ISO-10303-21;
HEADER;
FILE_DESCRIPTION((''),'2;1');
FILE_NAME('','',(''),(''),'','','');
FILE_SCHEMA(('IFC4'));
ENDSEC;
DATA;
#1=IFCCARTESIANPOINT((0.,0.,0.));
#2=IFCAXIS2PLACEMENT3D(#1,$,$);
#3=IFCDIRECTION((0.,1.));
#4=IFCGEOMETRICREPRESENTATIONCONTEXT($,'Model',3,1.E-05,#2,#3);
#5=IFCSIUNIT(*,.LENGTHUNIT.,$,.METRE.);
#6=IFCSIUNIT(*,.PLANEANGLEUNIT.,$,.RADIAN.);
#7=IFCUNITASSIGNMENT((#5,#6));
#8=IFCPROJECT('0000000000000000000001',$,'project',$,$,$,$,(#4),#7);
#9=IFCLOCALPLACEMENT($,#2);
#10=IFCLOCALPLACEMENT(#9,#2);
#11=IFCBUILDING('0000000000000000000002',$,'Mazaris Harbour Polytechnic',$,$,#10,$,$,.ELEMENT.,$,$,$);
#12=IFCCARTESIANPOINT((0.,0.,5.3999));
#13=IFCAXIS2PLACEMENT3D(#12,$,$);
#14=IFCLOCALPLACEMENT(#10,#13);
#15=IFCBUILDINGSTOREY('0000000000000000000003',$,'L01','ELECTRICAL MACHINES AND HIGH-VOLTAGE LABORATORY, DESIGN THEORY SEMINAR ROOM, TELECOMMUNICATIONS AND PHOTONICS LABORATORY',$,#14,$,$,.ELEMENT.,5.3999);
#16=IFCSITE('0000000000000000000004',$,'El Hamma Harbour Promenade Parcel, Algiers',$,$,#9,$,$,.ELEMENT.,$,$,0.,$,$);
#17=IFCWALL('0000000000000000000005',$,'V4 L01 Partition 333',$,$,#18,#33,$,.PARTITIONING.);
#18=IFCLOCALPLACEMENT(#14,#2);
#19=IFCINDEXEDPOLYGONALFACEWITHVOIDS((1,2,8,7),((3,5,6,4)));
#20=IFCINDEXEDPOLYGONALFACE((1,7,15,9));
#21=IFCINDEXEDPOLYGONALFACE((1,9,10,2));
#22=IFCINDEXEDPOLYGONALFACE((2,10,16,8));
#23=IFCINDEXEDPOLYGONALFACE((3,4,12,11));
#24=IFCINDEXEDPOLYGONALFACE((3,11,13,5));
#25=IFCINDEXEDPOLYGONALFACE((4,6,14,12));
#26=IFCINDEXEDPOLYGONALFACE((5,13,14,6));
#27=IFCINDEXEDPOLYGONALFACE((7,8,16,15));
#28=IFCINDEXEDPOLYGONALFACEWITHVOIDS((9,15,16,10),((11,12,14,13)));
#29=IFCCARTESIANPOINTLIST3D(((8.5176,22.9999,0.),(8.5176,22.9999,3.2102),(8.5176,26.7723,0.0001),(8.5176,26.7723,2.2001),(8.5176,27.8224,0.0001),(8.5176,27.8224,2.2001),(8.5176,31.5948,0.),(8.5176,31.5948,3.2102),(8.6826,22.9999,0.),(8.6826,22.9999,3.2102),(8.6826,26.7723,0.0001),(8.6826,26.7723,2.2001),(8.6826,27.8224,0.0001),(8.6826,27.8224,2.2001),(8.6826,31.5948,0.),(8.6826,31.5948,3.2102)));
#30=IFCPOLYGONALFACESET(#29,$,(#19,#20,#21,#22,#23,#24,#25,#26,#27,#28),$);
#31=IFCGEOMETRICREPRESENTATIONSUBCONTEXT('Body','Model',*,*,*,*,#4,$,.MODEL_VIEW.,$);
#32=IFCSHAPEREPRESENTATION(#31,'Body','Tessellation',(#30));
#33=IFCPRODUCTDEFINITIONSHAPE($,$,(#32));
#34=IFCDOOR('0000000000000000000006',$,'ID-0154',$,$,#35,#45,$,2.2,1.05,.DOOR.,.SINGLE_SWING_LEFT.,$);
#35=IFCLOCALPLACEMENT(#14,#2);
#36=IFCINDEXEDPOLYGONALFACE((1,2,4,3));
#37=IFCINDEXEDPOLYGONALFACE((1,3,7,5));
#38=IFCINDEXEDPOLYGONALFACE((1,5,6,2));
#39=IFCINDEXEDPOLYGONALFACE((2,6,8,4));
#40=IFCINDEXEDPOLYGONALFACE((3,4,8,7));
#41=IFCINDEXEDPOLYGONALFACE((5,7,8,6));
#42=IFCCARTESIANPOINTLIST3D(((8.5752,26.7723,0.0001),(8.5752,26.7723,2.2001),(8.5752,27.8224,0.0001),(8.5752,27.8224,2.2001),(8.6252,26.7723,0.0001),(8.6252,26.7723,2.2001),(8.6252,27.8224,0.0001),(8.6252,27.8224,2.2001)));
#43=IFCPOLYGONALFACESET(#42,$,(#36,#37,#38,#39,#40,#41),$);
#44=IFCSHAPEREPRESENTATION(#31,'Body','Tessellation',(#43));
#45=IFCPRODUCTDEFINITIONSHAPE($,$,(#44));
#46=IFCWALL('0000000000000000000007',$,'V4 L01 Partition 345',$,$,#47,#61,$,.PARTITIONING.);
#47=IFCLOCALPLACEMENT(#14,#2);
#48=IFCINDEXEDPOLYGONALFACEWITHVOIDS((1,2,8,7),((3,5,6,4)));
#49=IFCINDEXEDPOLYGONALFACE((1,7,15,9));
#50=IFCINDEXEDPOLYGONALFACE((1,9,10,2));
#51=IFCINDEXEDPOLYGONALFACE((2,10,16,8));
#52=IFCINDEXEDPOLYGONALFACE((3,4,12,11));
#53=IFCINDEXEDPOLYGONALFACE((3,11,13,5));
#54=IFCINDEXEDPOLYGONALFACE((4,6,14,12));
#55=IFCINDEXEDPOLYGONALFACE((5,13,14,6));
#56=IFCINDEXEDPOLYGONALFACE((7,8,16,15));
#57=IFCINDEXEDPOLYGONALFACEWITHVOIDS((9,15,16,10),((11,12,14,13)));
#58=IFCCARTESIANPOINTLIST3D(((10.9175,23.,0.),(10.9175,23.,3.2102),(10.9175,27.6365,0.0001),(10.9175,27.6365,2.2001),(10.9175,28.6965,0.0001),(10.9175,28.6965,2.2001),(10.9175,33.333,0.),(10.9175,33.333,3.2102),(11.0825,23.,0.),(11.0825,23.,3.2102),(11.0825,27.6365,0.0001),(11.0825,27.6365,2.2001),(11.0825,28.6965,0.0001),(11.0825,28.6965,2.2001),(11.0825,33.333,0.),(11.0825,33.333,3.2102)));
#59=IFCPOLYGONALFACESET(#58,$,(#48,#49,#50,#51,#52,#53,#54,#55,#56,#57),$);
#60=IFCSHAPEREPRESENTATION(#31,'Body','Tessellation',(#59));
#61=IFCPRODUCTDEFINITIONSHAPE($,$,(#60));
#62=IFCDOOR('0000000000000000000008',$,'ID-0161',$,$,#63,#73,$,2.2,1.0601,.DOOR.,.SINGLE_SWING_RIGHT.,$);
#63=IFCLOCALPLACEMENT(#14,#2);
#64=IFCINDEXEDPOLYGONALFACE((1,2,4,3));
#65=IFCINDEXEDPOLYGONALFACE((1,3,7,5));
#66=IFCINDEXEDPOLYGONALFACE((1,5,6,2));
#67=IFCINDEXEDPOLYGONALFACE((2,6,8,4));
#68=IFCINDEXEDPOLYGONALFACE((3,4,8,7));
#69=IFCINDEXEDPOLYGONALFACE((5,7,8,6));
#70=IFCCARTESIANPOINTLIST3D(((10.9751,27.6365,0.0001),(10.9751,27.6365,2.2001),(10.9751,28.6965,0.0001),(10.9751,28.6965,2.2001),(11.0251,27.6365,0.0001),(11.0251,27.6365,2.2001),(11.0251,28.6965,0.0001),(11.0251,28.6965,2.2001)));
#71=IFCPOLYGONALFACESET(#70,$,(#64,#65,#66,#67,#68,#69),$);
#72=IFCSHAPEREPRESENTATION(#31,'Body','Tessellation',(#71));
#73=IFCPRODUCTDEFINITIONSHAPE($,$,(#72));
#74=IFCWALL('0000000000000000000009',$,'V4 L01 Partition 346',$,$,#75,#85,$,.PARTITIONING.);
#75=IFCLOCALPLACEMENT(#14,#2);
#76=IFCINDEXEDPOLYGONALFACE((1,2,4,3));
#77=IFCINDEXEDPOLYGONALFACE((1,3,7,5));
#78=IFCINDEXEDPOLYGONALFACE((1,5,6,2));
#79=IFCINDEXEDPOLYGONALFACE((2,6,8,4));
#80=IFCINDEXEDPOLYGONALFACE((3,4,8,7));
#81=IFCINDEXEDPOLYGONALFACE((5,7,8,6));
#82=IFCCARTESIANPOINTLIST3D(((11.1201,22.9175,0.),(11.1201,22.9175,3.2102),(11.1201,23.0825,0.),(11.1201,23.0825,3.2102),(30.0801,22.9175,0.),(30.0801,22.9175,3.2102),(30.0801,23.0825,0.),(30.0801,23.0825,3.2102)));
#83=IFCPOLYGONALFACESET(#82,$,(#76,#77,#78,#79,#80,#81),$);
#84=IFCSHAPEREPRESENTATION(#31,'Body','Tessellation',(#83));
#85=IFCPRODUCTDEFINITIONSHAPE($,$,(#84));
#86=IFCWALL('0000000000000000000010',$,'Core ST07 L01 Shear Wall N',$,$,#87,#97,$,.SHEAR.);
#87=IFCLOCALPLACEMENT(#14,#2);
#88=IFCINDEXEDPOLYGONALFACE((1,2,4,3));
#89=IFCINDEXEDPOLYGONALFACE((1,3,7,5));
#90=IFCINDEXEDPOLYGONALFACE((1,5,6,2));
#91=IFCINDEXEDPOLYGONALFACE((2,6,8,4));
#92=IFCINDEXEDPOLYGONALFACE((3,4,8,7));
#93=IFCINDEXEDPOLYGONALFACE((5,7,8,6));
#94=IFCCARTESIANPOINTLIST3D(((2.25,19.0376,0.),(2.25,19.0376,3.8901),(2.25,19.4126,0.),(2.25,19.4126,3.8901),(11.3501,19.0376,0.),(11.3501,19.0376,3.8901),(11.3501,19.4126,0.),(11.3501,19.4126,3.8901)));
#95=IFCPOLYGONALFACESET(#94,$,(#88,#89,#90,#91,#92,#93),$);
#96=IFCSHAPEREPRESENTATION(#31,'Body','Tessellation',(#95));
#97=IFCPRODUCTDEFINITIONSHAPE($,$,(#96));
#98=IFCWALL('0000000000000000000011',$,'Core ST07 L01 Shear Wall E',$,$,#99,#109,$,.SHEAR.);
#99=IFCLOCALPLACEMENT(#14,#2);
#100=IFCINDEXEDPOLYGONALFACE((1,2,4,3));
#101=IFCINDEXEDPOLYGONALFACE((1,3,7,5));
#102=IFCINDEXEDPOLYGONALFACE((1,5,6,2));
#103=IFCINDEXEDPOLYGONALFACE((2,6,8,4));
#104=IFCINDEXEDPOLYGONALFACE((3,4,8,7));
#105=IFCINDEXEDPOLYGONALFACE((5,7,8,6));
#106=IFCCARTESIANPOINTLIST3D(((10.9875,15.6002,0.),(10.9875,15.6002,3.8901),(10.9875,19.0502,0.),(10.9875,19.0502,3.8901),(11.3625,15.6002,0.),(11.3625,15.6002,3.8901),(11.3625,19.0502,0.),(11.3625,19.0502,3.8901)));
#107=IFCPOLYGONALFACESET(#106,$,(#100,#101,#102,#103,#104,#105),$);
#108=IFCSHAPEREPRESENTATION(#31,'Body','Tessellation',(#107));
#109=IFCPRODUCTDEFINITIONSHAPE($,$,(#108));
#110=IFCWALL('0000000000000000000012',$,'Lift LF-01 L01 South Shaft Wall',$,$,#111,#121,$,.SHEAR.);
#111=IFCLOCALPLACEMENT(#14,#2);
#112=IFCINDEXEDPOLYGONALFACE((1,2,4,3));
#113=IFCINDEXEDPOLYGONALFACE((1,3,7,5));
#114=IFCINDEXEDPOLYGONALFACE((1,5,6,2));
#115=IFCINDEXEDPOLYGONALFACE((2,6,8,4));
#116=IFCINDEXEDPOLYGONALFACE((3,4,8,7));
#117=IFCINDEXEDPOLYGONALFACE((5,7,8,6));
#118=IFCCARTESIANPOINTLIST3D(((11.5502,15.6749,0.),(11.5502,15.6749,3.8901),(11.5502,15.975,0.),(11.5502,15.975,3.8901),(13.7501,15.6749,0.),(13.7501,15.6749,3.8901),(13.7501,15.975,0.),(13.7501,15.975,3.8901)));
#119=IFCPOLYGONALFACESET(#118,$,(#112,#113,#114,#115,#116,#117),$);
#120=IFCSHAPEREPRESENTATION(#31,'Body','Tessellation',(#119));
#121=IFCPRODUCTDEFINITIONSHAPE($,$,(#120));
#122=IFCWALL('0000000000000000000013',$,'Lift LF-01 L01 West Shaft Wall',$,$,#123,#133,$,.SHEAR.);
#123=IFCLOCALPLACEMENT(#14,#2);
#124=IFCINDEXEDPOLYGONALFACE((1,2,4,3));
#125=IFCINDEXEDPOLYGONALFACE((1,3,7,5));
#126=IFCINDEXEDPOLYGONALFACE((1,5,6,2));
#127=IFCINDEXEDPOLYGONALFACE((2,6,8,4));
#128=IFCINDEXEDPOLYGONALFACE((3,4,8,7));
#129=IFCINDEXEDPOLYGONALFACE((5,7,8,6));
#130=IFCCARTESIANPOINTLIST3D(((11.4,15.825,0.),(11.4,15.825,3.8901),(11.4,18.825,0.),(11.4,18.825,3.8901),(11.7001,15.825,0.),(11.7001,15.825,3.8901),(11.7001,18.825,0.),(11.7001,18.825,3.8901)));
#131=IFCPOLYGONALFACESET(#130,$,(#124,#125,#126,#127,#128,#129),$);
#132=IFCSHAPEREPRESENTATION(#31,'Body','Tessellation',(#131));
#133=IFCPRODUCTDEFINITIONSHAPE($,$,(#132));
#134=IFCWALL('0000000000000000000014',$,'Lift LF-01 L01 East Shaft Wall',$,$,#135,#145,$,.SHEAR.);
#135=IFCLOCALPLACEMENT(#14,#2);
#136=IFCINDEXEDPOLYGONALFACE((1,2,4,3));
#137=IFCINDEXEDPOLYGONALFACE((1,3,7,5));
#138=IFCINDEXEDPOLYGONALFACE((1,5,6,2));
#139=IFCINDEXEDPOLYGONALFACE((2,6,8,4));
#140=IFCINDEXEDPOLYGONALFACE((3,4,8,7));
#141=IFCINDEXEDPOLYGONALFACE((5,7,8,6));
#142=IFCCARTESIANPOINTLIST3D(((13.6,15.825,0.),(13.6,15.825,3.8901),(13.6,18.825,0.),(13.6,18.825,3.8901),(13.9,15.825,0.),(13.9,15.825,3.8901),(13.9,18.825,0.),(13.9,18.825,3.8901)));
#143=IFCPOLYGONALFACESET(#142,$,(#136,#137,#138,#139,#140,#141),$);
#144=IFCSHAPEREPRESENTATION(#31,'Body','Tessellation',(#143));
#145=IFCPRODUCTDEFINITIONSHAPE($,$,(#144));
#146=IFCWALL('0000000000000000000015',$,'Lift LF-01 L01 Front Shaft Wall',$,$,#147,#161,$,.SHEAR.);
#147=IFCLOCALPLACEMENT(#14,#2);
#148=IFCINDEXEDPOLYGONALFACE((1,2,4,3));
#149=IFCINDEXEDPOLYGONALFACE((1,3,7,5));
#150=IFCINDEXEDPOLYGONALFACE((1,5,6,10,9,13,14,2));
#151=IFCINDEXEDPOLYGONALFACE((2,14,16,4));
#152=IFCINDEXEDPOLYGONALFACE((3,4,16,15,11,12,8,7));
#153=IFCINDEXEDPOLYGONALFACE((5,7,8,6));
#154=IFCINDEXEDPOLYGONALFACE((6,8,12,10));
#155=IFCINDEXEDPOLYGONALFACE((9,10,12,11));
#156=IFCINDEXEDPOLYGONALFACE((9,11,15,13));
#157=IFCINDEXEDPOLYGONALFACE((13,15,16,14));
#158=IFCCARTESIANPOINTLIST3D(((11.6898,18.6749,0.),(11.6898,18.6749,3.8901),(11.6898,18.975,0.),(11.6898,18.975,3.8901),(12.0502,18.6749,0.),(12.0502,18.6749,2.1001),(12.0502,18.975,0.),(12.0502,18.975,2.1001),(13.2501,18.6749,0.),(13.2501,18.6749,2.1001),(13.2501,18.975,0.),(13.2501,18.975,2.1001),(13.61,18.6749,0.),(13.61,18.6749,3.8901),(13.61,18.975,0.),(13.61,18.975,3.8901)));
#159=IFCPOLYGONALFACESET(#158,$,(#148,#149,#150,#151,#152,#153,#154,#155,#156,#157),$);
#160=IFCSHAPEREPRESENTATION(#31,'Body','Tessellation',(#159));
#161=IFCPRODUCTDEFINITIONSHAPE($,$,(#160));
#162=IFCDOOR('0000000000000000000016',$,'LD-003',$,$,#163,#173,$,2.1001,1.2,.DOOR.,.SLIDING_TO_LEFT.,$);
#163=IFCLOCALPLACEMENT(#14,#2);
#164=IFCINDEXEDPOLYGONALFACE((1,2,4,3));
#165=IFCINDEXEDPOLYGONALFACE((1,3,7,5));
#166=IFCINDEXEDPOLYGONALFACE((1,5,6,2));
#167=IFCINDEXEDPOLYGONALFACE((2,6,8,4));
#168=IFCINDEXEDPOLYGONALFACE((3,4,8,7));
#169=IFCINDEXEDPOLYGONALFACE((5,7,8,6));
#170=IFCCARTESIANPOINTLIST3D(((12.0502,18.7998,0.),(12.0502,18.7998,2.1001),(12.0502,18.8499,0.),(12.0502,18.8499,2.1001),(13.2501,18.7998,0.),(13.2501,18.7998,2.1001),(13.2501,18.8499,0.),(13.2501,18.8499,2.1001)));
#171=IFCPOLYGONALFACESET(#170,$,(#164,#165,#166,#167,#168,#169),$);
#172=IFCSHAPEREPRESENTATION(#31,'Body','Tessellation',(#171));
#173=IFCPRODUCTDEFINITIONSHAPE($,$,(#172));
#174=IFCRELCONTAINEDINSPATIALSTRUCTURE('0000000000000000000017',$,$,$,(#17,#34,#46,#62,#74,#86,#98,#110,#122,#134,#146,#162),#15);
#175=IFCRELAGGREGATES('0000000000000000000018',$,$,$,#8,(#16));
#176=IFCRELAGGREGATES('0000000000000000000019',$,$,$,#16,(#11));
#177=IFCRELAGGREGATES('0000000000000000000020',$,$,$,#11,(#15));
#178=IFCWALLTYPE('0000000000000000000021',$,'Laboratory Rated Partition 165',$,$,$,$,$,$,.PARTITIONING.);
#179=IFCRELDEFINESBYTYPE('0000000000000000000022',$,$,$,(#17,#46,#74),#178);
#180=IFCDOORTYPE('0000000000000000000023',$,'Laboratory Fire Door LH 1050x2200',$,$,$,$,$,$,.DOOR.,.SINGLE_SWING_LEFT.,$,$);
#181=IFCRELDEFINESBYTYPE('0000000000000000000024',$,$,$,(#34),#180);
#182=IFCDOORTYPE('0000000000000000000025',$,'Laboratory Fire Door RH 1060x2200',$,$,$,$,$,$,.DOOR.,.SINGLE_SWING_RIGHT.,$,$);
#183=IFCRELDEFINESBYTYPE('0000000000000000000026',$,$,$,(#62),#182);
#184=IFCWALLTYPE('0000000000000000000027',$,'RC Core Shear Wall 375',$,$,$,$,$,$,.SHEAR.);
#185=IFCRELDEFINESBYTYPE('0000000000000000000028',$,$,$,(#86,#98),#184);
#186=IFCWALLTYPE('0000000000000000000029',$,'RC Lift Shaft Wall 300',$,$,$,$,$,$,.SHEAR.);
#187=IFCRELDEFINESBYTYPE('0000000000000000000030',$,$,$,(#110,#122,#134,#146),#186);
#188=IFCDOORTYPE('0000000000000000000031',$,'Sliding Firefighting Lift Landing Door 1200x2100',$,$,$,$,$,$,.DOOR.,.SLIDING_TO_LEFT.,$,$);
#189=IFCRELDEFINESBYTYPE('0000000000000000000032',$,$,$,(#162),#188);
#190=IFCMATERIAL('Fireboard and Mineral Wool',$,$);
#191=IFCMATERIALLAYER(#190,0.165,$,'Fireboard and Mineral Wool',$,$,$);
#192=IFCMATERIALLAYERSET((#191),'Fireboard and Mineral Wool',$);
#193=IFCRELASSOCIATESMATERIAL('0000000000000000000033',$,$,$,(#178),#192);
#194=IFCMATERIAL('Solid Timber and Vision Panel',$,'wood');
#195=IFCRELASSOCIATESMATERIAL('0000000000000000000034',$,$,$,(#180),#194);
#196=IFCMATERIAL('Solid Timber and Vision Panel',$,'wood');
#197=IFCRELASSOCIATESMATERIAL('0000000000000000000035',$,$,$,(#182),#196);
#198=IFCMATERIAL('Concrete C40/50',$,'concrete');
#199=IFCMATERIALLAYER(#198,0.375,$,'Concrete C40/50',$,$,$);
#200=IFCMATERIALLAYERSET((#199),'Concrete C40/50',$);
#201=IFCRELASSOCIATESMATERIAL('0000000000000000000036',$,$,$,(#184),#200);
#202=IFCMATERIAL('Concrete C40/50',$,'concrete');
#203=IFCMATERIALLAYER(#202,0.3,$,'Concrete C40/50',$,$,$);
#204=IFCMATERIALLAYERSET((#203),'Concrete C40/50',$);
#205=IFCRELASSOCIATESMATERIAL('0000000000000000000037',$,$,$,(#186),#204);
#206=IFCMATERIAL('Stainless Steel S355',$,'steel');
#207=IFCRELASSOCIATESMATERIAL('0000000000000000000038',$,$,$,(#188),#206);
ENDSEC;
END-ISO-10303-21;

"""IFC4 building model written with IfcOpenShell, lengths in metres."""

from ifc_helpers import new_model, si_unit, direction, frame, frame_2d, origin, place, context, subcontext, project, spatial, rectangle, extrude, material, layer, layer_set, type_object, element, fill, save


model = new_model("IFC4")

# Units and contexts
model_context = context("Model", 3, precision=1e-05, world=origin(), true_north=direction((0.0, 1.0)))
body_context = subcontext(model_context, "Body", "Model", "MODEL_VIEW")
ifc_project = project(units=[si_unit("LENGTHUNIT", "METRE"), si_unit("PLANEANGLEUNIT", "RADIAN")], contexts=[model_context])

# Site, building, storey
site_placement = place(None, origin())
site = spatial("IfcSite", under=ifc_project, at=site_placement, Name="El Hamma Harbour Promenade Parcel, Algiers", CompositionType="ELEMENT", RefElevation=0.0)
building_placement = place(site_placement, origin())
building = spatial("IfcBuilding", under=site, at=building_placement, Name="Mazaris Harbour Polytechnic", CompositionType="ELEMENT")
storey_placement = place(building_placement, frame((0.0, 0.0, 5.3999)))
storey = spatial("IfcBuildingStorey", under=building, at=storey_placement, Name="L01", Description="ELECTRICAL MACHINES AND HIGH-VOLTAGE LABORATORY, DESIGN THEORY SEMINAR ROOM, TELECOMMUNICATIONS AND PHOTONICS LABORATORY", CompositionType="ELEMENT", Elevation=5.3999)

# Walls, openings, doors
ifc_material_1 = material(Name="Fireboard and Mineral Wool")
ifc_layer_1 = layer(ifc_material_1, 0.165, Name="Fireboard and Mineral Wool")
ifc_layer_set_1 = layer_set([ifc_layer_1], Name="Fireboard and Mineral Wool")
wall_type_1 = type_object("IfcWallType", Name="Laboratory Rated Partition 165", PredefinedType="PARTITIONING", material=ifc_layer_set_1)
wall_1_placement = place(storey_placement, frame((8.6001, 23.0, 0.0), z_axis=(0.0, 0.0, 1.0), x_axis=(0.0, 1.0, 0.0)))
wall_1 = element("IfcWall", 1, at=wall_1_placement, inside=storey, type_object=wall_type_1, Name="V4 L01 Partition 333", PredefinedType="PARTITIONING", context=body_context, shape_type="SweptSolid", body=[
    extrude(rectangle(XDim=8.595, YDim=0.165, at=frame_2d((4.2974, 0.0))), origin(), (0.0, 0.0, 1.0), 3.2102),
])
opening_1_placement = place(wall_1_placement, frame((3.7725, 0.0, 0.0)))
opening_1 = element("IfcOpeningElement", 2, at=opening_1_placement, cuts=wall_1, PredefinedType="OPENING", context=body_context, shape_type="SweptSolid", body=[
    extrude(rectangle(XDim=1.05, YDim=2.2, at=frame_2d((0.5249, 1.1001))), frame((0.0, 0.0925, 0.0), z_axis=(0.0, -1.0, 0.0), x_axis=(1.0, 0.0, 0.0)), (0.0, 0.0, 1.0), 0.1851),
])
ifc_material_2 = material(Name="Solid Timber and Vision Panel", Category="wood")
door_type_1 = type_object("IfcDoorType", Name="Laboratory Fire Door LH 1050x2200", OperationType="SINGLE_SWING_LEFT", PredefinedType="DOOR", material=ifc_material_2)
door_1_placement = place(opening_1_placement, origin())
door_1 = element("IfcDoor", 3, at=door_1_placement, inside=storey, type_object=door_type_1, Name="ID-0154", OperationType="SINGLE_SWING_LEFT", OverallHeight=2.2, OverallWidth=1.05, PredefinedType="DOOR", context=body_context, shape_type="SweptSolid", body=[
    extrude(rectangle(XDim=1.05, YDim=2.2, at=frame_2d((0.5249, 1.1001))), frame((0.0, 0.0249, 0.0), z_axis=(0.0, -1.0, 0.0), x_axis=(1.0, 0.0, 0.0)), (0.0, 0.0, 1.0), 0.05),
])
fill(opening_1, door_1)
wall_2_placement = place(storey_placement, frame((11.0, 23.0, 0.0), z_axis=(0.0, 0.0, 1.0), x_axis=(0.0, 1.0, 0.0)))
wall_2 = element("IfcWall", 4, at=wall_2_placement, inside=storey, type_object=wall_type_1, Name="V4 L01 Partition 345", PredefinedType="PARTITIONING", context=body_context, shape_type="SweptSolid", body=[
    extrude(rectangle(XDim=10.333, YDim=0.165, at=frame_2d((5.1665, 0.0))), origin(), (0.0, 0.0, 1.0), 3.2102),
])
opening_2_placement = place(wall_2_placement, frame((4.6365, 0.0, 0.0)))
opening_2 = element("IfcOpeningElement", 5, at=opening_2_placement, cuts=wall_2, PredefinedType="OPENING", context=body_context, shape_type="SweptSolid", body=[
    extrude(rectangle(XDim=1.0601, YDim=2.2, at=frame_2d((0.53, 1.1001))), frame((0.0, 0.0925, 0.0), z_axis=(0.0, -1.0, 0.0), x_axis=(1.0, 0.0, 0.0)), (0.0, 0.0, 1.0), 0.1851),
])
ifc_material_3 = material(Name="Solid Timber and Vision Panel", Category="wood")
door_type_2 = type_object("IfcDoorType", Name="Laboratory Fire Door RH 1060x2200", OperationType="SINGLE_SWING_RIGHT", PredefinedType="DOOR", material=ifc_material_3)
door_2_placement = place(opening_2_placement, origin())
door_2 = element("IfcDoor", 6, at=door_2_placement, inside=storey, type_object=door_type_2, Name="ID-0161", OperationType="SINGLE_SWING_RIGHT", OverallHeight=2.2, OverallWidth=1.0601, PredefinedType="DOOR", context=body_context, shape_type="SweptSolid", body=[
    extrude(rectangle(XDim=1.0601, YDim=2.2, at=frame_2d((0.53, 1.1001))), frame((0.0, 0.0249, 0.0), z_axis=(0.0, -1.0, 0.0), x_axis=(1.0, 0.0, 0.0)), (0.0, 0.0, 1.0), 0.05),
])
fill(opening_2, door_2)

# Walls
wall_3_placement = place(storey_placement, frame((11.1201, 23.0, 0.0), z_axis=(0.0, 0.0, 1.0), x_axis=(1.0, 0.0, 0.0)))
element("IfcWall", 7, at=wall_3_placement, inside=storey, type_object=wall_type_1, Name="V4 L01 Partition 346", PredefinedType="PARTITIONING", context=body_context, shape_type="SweptSolid", body=[
    extrude(rectangle(XDim=18.96, YDim=0.165, at=frame_2d((9.48, 0.0))), origin(), (0.0, 0.0, 1.0), 3.2102),
])
ifc_material_4 = material(Name="Concrete C40/50", Category="concrete")
ifc_layer_2 = layer(ifc_material_4, 0.375, Name="Concrete C40/50")
ifc_layer_set_2 = layer_set([ifc_layer_2], Name="Concrete C40/50")
wall_type_2 = type_object("IfcWallType", Name="RC Core Shear Wall 375", PredefinedType="SHEAR", material=ifc_layer_set_2)
wall_4_placement = place(storey_placement, frame((11.3501, 19.2251, 0.0), z_axis=(0.0, 0.0, 1.0), x_axis=(-1.0, 0.0, 0.0)))
element("IfcWall", 8, at=wall_4_placement, inside=storey, type_object=wall_type_2, Name="Core ST07 L01 Shear Wall N", PredefinedType="SHEAR", context=body_context, shape_type="SweptSolid", body=[
    extrude(rectangle(XDim=9.1001, YDim=0.375, at=frame_2d((4.55, 0.0))), origin(), (0.0, 0.0, 1.0), 3.8901),
])
wall_5_placement = place(storey_placement, frame((11.175, 15.6001, 0.0), z_axis=(0.0, 0.0, 1.0), x_axis=(0.0, 1.0, 0.0)))
element("IfcWall", 9, at=wall_5_placement, inside=storey, type_object=wall_type_2, Name="Core ST07 L01 Shear Wall E", PredefinedType="SHEAR", context=body_context, shape_type="SweptSolid", body=[
    extrude(rectangle(XDim=3.45, YDim=0.375, at=frame_2d((1.7251, 0.0))), origin(), (0.0, 0.0, 1.0), 3.8901),
])
ifc_material_5 = material(Name="Concrete C40/50", Category="concrete")
ifc_layer_3 = layer(ifc_material_5, 0.3, Name="Concrete C40/50")
ifc_layer_set_3 = layer_set([ifc_layer_3], Name="Concrete C40/50")
wall_type_3 = type_object("IfcWallType", Name="RC Lift Shaft Wall 300", PredefinedType="SHEAR", material=ifc_layer_set_3)
wall_6_placement = place(storey_placement, frame((11.55, 15.825, 0.0), z_axis=(0.0, 0.0, 1.0), x_axis=(1.0, 0.0, 0.0)))
element("IfcWall", 10, at=wall_6_placement, inside=storey, type_object=wall_type_3, Name="Lift LF-01 L01 South Shaft Wall", PredefinedType="SHEAR", context=body_context, shape_type="SweptSolid", body=[
    extrude(rectangle(XDim=2.2, YDim=0.3, at=frame_2d((1.1001, 0.0))), origin(), (0.0, 0.0, 1.0), 3.8901),
])
for number, where, z_axis, x_axis, name in (
    (11, (11.55, 18.825, 0.0), (0.0, 0.0, 1.0), (0.0, -1.0, 0.0), "Lift LF-01 L01 West Shaft Wall"),
    (12, (13.75, 15.825, 0.0), (0.0, 0.0, 1.0), (0.0, 1.0, 0.0), "Lift LF-01 L01 East Shaft Wall"),
):
    element("IfcWall", number, at=place(storey_placement, frame(where, z_axis=z_axis, x_axis=x_axis)), inside=storey, type_object=wall_type_3, Name=name, PredefinedType="SHEAR", context=body_context, shape_type="SweptSolid", body=[
        extrude(rectangle(XDim=3.0, YDim=0.3, at=frame_2d((1.5, 0.0))), origin(), (0.0, 0.0, 1.0), 3.8901),
    ])

# Wall, opening, door
wall_7_placement = place(storey_placement, frame((11.6899, 18.825, 0.0), z_axis=(0.0, 0.0, 1.0), x_axis=(1.0, 0.0, 0.0)))
wall_7 = element("IfcWall", 13, at=wall_7_placement, inside=storey, type_object=wall_type_3, Name="Lift LF-01 L01 Front Shaft Wall", PredefinedType="SHEAR", context=body_context, shape_type="SweptSolid", body=[
    extrude(rectangle(XDim=1.9202, YDim=0.3, at=frame_2d((0.96, 0.0))), origin(), (0.0, 0.0, 1.0), 3.8901),
])
opening_3_placement = place(wall_7_placement, frame((0.3601, 0.0, 0.0)))
opening_3 = element("IfcOpeningElement", 14, at=opening_3_placement, cuts=wall_7, PredefinedType="OPENING", context=body_context, shape_type="SweptSolid", body=[
    extrude(rectangle(XDim=1.2, YDim=2.1001, at=frame_2d((0.6001, 1.05))), frame((0.0, 0.1599, 0.0), z_axis=(0.0, -1.0, 0.0), x_axis=(1.0, 0.0, 0.0)), (0.0, 0.0, 1.0), 0.3201),
])
ifc_material_6 = material(Name="Stainless Steel S355", Category="steel")
door_type_3 = type_object("IfcDoorType", Name="Sliding Firefighting Lift Landing Door 1200x2100", OperationType="SLIDING_TO_LEFT", PredefinedType="DOOR", material=ifc_material_6)
door_3_placement = place(opening_3_placement, origin())
door_3 = element("IfcDoor", 15, at=door_3_placement, inside=storey, type_object=door_type_3, Name="LD-003", OperationType="SLIDING_TO_LEFT", OverallHeight=2.1001, OverallWidth=1.2, PredefinedType="DOOR", context=body_context, shape_type="SweptSolid", body=[
    extrude(rectangle(XDim=1.2, YDim=2.1001, at=frame_2d((0.6001, 1.05))), frame((0.0, 0.0249, 0.0), z_axis=(0.0, -1.0, 0.0), x_axis=(1.0, 0.0, 0.0)), (0.0, 0.0, 1.0), 0.05),
])
fill(opening_3, door_3)

save(model, "model.ifc")
